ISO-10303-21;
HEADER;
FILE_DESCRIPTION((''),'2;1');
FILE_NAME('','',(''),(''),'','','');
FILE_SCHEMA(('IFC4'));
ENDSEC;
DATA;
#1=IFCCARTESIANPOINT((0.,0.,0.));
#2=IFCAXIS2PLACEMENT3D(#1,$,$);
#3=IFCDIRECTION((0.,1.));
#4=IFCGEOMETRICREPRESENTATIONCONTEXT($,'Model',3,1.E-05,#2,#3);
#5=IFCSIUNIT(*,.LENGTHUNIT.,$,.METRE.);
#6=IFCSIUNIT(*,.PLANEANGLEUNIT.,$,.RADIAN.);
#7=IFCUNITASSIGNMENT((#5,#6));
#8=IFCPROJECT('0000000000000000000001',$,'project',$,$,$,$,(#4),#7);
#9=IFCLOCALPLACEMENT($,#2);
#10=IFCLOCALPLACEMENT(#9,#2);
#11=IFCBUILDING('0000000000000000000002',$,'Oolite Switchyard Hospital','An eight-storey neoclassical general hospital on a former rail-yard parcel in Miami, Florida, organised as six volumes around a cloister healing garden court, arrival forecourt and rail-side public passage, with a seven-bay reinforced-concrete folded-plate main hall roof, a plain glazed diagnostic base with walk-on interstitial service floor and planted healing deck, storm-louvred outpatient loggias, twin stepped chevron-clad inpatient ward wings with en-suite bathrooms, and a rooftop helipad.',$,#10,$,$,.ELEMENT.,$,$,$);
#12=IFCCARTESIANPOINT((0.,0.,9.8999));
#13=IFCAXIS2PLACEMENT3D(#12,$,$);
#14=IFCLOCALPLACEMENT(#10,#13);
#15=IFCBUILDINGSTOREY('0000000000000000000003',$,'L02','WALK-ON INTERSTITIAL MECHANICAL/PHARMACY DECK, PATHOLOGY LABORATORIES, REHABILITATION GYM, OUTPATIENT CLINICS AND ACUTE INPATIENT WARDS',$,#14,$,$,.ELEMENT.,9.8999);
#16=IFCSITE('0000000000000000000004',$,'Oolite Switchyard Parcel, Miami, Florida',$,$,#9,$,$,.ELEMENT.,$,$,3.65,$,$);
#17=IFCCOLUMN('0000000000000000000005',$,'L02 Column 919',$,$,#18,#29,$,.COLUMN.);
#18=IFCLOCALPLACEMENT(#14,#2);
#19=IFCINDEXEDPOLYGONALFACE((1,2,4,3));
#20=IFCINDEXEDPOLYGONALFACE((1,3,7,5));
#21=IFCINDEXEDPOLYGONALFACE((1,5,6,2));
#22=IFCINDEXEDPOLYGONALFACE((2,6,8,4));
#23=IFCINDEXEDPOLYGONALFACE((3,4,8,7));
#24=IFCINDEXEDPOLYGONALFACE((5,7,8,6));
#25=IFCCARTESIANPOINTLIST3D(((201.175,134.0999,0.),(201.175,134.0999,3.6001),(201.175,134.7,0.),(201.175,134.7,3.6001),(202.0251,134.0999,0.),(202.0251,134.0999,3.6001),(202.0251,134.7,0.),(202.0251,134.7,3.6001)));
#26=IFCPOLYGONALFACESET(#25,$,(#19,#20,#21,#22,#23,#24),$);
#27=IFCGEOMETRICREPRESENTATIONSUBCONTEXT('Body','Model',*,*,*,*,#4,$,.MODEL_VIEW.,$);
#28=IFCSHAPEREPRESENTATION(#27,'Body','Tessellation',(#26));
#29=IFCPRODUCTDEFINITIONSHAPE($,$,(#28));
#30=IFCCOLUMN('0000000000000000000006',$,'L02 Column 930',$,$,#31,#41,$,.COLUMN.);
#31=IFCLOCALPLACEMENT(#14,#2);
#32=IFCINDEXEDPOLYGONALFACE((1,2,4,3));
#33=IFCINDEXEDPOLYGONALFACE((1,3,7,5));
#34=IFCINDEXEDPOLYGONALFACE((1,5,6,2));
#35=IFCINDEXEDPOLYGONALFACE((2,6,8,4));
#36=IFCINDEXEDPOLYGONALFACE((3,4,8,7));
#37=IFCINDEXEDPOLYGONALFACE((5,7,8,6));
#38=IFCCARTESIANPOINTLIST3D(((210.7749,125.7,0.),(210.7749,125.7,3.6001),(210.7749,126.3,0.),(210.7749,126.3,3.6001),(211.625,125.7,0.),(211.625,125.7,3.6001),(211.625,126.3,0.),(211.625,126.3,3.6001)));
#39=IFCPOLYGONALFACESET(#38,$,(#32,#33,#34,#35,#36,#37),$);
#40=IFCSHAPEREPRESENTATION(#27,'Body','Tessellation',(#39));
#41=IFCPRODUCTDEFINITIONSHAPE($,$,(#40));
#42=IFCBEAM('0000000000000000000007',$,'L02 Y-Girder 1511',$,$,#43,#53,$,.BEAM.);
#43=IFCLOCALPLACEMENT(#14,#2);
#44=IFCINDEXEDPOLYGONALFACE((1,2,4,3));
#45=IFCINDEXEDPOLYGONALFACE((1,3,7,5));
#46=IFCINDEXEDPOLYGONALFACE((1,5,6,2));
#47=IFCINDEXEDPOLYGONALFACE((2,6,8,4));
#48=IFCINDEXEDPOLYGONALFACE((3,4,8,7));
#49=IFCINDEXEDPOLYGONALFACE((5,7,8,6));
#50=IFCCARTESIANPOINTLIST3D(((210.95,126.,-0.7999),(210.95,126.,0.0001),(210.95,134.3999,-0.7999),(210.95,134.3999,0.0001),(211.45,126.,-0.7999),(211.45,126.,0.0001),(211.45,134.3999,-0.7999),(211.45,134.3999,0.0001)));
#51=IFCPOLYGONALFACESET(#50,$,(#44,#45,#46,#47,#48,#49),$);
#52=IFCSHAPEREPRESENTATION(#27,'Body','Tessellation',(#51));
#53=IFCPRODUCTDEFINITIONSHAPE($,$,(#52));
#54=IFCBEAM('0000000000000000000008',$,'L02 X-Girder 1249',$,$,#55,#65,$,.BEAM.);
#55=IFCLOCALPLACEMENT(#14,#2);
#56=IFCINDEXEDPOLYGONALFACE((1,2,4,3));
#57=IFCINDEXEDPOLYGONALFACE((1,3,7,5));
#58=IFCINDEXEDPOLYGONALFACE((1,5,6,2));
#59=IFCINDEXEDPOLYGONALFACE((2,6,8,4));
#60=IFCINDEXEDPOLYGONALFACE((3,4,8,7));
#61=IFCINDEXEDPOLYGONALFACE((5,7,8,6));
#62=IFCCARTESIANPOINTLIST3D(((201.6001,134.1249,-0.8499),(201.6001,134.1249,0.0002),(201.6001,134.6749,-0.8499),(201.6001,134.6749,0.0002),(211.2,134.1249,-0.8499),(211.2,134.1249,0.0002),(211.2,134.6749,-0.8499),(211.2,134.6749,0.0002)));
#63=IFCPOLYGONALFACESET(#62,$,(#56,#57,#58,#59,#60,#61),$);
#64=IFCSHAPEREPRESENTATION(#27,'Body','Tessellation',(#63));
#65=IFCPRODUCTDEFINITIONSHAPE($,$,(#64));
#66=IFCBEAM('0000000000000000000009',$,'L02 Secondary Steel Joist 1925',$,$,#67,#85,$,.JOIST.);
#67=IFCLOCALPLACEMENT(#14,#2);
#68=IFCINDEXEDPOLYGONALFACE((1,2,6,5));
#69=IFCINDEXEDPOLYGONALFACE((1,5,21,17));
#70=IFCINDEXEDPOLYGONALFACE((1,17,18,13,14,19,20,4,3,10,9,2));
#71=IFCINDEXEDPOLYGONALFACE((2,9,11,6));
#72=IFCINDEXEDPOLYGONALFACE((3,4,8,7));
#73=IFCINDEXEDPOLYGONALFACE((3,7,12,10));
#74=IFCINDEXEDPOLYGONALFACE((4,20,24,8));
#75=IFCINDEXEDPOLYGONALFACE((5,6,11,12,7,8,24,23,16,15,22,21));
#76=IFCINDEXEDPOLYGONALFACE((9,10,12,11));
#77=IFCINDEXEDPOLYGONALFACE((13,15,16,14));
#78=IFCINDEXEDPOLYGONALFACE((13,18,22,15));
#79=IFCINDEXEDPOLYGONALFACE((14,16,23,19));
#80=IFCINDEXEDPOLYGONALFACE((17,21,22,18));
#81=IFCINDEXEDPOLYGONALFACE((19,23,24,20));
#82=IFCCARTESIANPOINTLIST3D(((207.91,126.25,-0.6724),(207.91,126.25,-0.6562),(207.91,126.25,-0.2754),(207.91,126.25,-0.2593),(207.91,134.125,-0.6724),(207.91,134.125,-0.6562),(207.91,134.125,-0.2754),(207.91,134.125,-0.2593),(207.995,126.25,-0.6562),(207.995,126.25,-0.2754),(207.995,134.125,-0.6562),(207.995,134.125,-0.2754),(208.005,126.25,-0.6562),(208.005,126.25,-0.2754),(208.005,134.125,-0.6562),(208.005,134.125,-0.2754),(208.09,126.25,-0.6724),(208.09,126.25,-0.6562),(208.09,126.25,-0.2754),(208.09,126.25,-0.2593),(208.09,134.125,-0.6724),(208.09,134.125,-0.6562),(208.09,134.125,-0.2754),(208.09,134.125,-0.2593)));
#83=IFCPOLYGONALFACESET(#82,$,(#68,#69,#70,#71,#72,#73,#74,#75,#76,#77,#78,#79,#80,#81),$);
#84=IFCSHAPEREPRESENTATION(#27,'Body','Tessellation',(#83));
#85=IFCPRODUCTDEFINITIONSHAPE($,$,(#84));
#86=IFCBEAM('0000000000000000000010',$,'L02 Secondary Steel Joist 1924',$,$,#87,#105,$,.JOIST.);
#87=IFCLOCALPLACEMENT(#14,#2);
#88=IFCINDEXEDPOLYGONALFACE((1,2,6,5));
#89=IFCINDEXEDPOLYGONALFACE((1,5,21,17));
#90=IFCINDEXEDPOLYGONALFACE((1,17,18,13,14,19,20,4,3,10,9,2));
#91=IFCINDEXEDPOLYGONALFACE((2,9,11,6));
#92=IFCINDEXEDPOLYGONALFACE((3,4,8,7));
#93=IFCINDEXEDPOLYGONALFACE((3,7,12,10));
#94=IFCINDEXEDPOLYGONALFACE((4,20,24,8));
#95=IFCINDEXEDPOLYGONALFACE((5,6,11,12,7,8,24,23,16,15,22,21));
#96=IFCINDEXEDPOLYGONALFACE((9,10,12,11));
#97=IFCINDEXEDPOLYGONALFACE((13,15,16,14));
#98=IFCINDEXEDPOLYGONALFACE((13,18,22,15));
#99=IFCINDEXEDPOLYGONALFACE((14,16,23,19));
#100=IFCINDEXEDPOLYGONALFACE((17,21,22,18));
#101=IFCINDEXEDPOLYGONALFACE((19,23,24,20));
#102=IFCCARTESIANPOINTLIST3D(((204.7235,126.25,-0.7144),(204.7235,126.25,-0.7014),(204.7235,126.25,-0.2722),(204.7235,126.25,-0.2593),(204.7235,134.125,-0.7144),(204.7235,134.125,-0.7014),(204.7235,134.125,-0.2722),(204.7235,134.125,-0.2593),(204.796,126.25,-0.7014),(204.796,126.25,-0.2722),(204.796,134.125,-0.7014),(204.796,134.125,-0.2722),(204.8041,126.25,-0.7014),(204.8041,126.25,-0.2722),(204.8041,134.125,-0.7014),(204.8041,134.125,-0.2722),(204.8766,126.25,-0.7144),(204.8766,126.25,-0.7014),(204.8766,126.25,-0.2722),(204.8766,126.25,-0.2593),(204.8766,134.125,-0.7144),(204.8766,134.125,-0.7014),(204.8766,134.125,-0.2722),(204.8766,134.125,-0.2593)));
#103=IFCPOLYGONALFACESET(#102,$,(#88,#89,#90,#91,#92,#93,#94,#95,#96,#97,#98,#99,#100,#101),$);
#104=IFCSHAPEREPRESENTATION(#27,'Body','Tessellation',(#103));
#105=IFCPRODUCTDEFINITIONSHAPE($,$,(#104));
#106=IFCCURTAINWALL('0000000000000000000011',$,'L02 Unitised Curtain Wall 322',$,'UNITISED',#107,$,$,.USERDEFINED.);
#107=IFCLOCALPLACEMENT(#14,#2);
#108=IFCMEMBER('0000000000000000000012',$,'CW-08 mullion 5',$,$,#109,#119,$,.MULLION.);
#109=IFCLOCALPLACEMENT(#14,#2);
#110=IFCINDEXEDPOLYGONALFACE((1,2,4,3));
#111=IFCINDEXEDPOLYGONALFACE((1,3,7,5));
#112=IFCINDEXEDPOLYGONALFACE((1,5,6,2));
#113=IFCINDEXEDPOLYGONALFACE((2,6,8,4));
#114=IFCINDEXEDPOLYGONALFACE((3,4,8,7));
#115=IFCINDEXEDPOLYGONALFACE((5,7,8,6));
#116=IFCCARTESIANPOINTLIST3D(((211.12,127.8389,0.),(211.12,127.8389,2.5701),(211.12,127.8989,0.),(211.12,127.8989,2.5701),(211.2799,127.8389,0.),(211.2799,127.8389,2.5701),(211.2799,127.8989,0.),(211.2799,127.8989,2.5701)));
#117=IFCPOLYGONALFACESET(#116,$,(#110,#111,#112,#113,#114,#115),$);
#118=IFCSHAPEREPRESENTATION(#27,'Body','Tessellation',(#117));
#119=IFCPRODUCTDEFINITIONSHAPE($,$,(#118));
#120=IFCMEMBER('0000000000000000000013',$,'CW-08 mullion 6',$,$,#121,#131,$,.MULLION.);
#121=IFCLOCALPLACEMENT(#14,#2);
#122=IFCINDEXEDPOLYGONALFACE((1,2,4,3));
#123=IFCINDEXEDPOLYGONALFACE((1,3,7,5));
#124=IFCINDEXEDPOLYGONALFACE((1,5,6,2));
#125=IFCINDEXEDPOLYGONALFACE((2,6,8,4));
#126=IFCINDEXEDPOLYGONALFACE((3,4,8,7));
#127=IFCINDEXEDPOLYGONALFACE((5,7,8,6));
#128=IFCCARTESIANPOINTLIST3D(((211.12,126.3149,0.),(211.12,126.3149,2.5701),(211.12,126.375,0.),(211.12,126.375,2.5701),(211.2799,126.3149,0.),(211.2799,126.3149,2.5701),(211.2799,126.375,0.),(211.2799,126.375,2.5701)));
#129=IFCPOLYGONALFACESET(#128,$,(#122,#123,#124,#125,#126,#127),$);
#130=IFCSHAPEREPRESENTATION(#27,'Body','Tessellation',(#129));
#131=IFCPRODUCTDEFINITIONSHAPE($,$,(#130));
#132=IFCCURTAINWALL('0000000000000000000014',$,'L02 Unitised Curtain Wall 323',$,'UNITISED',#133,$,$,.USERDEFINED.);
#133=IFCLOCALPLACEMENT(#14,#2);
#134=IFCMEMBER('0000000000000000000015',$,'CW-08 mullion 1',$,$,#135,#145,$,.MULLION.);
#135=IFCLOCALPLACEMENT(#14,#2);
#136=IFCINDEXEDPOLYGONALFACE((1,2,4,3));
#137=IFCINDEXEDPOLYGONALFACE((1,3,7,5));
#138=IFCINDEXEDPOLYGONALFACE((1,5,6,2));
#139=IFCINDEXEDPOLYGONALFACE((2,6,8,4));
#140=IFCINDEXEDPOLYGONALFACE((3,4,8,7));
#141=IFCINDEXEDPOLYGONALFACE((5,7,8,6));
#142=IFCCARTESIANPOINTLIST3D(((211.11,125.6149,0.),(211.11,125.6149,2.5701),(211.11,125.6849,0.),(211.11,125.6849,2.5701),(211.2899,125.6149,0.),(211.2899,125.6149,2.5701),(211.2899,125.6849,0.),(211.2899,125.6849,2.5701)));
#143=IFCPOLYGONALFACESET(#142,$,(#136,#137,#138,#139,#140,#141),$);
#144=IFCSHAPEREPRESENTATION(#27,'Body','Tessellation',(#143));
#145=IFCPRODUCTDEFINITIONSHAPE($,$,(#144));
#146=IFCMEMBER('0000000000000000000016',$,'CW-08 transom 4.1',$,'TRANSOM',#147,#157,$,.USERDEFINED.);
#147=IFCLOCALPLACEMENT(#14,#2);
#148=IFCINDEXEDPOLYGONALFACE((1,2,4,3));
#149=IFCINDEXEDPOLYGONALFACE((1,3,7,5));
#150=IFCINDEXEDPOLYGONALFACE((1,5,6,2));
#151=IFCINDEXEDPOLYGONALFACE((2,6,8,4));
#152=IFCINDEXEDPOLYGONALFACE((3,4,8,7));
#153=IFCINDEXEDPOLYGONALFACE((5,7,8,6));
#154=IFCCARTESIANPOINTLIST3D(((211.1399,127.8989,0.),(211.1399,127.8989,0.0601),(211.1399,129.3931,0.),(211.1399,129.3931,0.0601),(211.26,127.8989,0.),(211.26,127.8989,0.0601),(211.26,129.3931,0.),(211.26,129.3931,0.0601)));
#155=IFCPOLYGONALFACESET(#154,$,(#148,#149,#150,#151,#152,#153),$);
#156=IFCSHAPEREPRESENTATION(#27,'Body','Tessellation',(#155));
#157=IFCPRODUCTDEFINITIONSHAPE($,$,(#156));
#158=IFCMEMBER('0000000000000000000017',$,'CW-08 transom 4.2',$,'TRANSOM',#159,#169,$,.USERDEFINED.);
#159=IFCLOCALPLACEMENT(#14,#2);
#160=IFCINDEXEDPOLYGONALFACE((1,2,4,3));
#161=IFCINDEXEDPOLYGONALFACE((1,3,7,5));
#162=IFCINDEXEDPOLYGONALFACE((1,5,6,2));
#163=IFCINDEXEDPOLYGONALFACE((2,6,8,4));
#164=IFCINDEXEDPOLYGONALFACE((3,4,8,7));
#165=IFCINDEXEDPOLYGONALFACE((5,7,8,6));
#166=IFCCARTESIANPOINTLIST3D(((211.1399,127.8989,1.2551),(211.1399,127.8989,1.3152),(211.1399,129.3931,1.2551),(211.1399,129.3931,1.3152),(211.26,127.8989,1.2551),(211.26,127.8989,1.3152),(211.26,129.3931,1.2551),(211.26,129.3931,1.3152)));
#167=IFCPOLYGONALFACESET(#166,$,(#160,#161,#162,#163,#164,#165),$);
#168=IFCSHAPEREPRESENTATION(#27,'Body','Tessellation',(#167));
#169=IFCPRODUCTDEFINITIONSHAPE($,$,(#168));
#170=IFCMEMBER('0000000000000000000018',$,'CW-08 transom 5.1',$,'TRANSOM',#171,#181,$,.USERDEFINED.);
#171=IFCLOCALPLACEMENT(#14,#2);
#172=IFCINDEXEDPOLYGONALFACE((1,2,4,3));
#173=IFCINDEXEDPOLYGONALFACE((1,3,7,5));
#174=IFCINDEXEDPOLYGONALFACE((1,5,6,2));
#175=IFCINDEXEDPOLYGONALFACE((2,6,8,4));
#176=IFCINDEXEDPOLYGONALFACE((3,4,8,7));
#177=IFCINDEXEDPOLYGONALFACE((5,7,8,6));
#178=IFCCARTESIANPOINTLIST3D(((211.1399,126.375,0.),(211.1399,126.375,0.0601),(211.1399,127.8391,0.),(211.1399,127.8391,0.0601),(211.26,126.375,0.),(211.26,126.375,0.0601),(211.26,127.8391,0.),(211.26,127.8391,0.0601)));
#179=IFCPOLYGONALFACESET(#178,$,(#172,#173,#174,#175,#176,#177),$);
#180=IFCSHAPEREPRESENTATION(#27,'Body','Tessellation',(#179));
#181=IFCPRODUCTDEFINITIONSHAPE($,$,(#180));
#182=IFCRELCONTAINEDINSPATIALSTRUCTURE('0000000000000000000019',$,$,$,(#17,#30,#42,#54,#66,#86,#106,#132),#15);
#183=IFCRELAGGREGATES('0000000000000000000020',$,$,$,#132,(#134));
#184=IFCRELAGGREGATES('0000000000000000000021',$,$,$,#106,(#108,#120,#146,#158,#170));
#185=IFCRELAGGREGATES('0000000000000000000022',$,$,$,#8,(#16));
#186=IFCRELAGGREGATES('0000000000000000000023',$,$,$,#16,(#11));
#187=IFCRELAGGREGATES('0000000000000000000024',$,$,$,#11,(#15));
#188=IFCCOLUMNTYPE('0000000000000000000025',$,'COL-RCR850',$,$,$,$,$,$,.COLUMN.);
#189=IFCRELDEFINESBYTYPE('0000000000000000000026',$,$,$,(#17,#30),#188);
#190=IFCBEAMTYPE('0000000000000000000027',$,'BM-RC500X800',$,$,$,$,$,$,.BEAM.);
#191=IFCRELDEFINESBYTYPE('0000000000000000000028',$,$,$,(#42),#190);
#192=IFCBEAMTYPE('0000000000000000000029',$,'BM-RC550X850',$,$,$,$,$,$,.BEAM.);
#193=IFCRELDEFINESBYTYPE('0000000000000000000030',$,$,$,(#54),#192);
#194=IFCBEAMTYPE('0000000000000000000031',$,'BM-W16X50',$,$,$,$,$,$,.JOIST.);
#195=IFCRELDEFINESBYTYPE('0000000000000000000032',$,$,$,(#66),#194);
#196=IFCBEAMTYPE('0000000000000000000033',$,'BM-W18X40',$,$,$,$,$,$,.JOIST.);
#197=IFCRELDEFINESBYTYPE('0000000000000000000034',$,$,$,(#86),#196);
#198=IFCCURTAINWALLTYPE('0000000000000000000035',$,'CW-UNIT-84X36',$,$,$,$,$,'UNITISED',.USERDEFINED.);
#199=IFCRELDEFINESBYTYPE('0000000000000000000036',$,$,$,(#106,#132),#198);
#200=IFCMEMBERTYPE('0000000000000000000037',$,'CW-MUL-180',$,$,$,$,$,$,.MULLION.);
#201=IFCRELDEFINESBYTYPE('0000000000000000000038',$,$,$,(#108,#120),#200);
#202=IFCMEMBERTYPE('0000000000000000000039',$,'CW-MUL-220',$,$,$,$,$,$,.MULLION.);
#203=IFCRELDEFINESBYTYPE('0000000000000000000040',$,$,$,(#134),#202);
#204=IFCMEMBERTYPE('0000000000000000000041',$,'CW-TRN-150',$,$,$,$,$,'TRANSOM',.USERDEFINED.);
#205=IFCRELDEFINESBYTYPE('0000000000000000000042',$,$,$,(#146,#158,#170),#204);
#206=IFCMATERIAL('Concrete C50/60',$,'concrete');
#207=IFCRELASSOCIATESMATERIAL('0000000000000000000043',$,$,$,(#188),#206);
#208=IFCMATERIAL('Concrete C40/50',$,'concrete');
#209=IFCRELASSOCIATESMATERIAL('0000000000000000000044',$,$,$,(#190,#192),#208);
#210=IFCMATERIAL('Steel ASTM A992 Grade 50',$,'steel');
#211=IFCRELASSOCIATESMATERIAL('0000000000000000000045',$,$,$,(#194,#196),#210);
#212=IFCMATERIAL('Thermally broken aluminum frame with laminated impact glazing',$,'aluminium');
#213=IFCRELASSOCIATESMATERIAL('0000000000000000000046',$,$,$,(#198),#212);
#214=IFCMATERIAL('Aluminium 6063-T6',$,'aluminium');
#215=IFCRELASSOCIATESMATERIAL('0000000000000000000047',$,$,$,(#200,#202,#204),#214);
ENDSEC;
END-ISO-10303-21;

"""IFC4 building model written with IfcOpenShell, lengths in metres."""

from ifc_helpers import new_model, si_unit, direction, frame, origin, origin_2d, place, context, subcontext, project, spatial, rectangle, i_section, extrude, material, material_profile, profile_set, type_object, element, aggregate, save


model = new_model("IFC4")

# Units and contexts
model_context = context("Model", 3, precision=1e-05, world=origin(), true_north=direction((0.0, 1.0)))
body_context = subcontext(model_context, "Body", "Model", "MODEL_VIEW")
ifc_project = project(units=[si_unit("LENGTHUNIT", "METRE"), si_unit("PLANEANGLEUNIT", "RADIAN")], contexts=[model_context])

# Site, building, storey
site_placement = place(None, origin())
site = spatial("IfcSite", under=ifc_project, at=site_placement, Name="Oolite Switchyard Parcel, Miami, Florida", CompositionType="ELEMENT", RefElevation=3.65)
building_placement = place(site_placement, origin())
building = spatial("IfcBuilding", under=site, at=building_placement, Name="Oolite Switchyard Hospital", Description="An eight-storey neoclassical general hospital on a former rail-yard parcel in Miami, Florida, organised as six volumes around a cloister healing garden court, arrival forecourt and rail-side public passage, with a seven-bay reinforced-concrete folded-plate main hall roof, a plain glazed diagnostic base with walk-on interstitial service floor and planted healing deck, storm-louvred outpatient loggias, twin stepped chevron-clad inpatient ward wings with en-suite bathrooms, and a rooftop helipad.", CompositionType="ELEMENT")
storey_placement = place(building_placement, frame((0.0, 0.0, 9.8999)))
storey = spatial("IfcBuildingStorey", under=building, at=storey_placement, Name="L02", Description="WALK-ON INTERSTITIAL MECHANICAL/PHARMACY DECK, PATHOLOGY LABORATORIES, REHABILITATION GYM, OUTPATIENT CLINICS AND ACUTE INPATIENT WARDS", CompositionType="ELEMENT", Elevation=9.8999)

# Columns
ifc_material_1 = material(Name="Concrete C50/60", Category="concrete")
ifc_material_profile_1 = material_profile(ifc_material_1, rectangle(XDim=0.8501, YDim=0.6001, at=origin_2d()), Name="RC850X600")
ifc_profile_set_1 = profile_set([ifc_material_profile_1], Name="Concrete C50/60")
column_type = type_object("IfcColumnType", Name="COL-RCR850", PredefinedType="COLUMN", material=ifc_profile_set_1)
for number, where, z_axis, x_axis, name in (
    (1, (201.6001, 134.3999, 0.0), (0.0, 0.0, 1.0), (1.0, 0.0, 0.0), "L02 Column 919"),
    (2, (211.2, 126.0, 0.0), (0.0, 0.0, 1.0), (1.0, 0.0, 0.0), "L02 Column 930"),
):
    element("IfcColumn", number, at=place(storey_placement, frame(where, z_axis=z_axis, x_axis=x_axis)), inside=storey, type_object=column_type, Name=name, PredefinedType="COLUMN", context=body_context, shape_type="SweptSolid", body=[
        extrude(rectangle(XDim=0.8501, YDim=0.6001, at=origin_2d()), origin(), (0.0, 0.0, 1.0), 3.6001),
    ])

# Beams
ifc_material_2 = material(Name="Concrete C40/50", Category="concrete")
ifc_material_profile_2 = material_profile(ifc_material_2, rectangle(XDim=0.5, YDim=0.8, at=origin_2d()), Name="RCB500X800")
ifc_profile_set_2 = profile_set([ifc_material_profile_2], Name="Concrete C40/50")
beam_type_1 = type_object("IfcBeamType", Name="BM-RC500X800", PredefinedType="BEAM", material=ifc_profile_set_2)
beam_1_placement = place(storey_placement, frame((211.2, 126.0, -0.3999), z_axis=(0.0, 1.0, 0.0), x_axis=(-1.0, 0.0, 0.0)))
element("IfcBeam", 3, at=beam_1_placement, inside=storey, type_object=beam_type_1, Name="L02 Y-Girder 1511", PredefinedType="BEAM", context=body_context, shape_type="SweptSolid", body=[
    extrude(rectangle(XDim=0.5, YDim=0.8, at=origin_2d()), origin(), (0.0, 0.0, 1.0), 8.3999),
])
ifc_material_profile_3 = material_profile(ifc_material_2, rectangle(XDim=0.55, YDim=0.8501, at=origin_2d()), Name="RCB550X850")
ifc_profile_set_3 = profile_set([ifc_material_profile_3], Name="Concrete C40/50")
beam_type_2 = type_object("IfcBeamType", Name="BM-RC550X850", PredefinedType="BEAM", material=ifc_profile_set_3)
beam_2_placement = place(storey_placement, frame((201.6001, 134.3999, -0.4248), z_axis=(1.0, 0.0, 0.0), x_axis=(0.0, 1.0, 0.0)))
element("IfcBeam", 4, at=beam_2_placement, inside=storey, type_object=beam_type_2, Name="L02 X-Girder 1249", PredefinedType="BEAM", context=body_context, shape_type="SweptSolid", body=[
    extrude(rectangle(XDim=0.55, YDim=0.8501, at=origin_2d()), origin(), (0.0, 0.0, 1.0), 9.5999),
])
ifc_material_3 = material(Name="Steel ASTM A992 Grade 50", Category="steel")
ifc_material_profile_4 = material_profile(ifc_material_3, i_section(OverallWidth=0.1799, OverallDepth=0.4131, WebThickness=0.01, FlangeThickness=0.0161, at=origin_2d()), Name="W16X50")
ifc_profile_set_4 = profile_set([ifc_material_profile_4], Name="Steel ASTM A992 Grade 50")
beam_type_3 = type_object("IfcBeamType", Name="BM-W16X50", PredefinedType="JOIST", material=ifc_profile_set_4)
beam_3_placement = place(storey_placement, frame((208.0, 126.25, -0.4658), z_axis=(0.0, 1.0, 0.0), x_axis=(-1.0, 0.0, 0.0)))
element("IfcBeam", 5, at=beam_3_placement, inside=storey, type_object=beam_type_3, Name="L02 Secondary Steel Joist 1925", PredefinedType="JOIST", context=body_context, shape_type="SweptSolid", body=[
    extrude(i_section(OverallWidth=0.1799, OverallDepth=0.4131, WebThickness=0.01, FlangeThickness=0.0161, at=origin_2d()), origin(), (0.0, 0.0, 1.0), 7.875),
])
ifc_material_profile_5 = material_profile(ifc_material_3, i_section(OverallWidth=0.1531, OverallDepth=0.4551, WebThickness=0.0081, FlangeThickness=0.0129, at=origin_2d()), Name="W18X40")
ifc_profile_set_5 = profile_set([ifc_material_profile_5], Name="Steel ASTM A992 Grade 50")
beam_type_4 = type_object("IfcBeamType", Name="BM-W18X40", PredefinedType="JOIST", material=ifc_profile_set_5)
beam_4_placement = place(storey_placement, frame((204.8, 126.25, -0.4868), z_axis=(0.0, 1.0, 0.0), x_axis=(-1.0, 0.0, 0.0)))
element("IfcBeam", 6, at=beam_4_placement, inside=storey, type_object=beam_type_4, Name="L02 Secondary Steel Joist 1924", PredefinedType="JOIST", context=body_context, shape_type="SweptSolid", body=[
    extrude(i_section(OverallWidth=0.1531, OverallDepth=0.4551, WebThickness=0.0081, FlangeThickness=0.0129, at=origin_2d()), origin(), (0.0, 0.0, 1.0), 7.875),
])

# Curtain wall, members
ifc_material_4 = material(Name="Thermally broken aluminum frame with laminated impact glazing", Category="aluminium")
curtain_wall_type = type_object("IfcCurtainWallType", Name="CW-UNIT-84X36", ElementType="UNITISED", PredefinedType="USERDEFINED", material=ifc_material_4)
curtain_wall_1_placement = place(storey_placement, origin())
curtain_wall_1 = element("IfcCurtainWall", 7, at=curtain_wall_1_placement, inside=storey, type_object=curtain_wall_type, Name="L02 Unitised Curtain Wall 322", ObjectType="UNITISED", PredefinedType="USERDEFINED")
ifc_material_5 = material(Name="Aluminium 6063-T6", Category="aluminium")
ifc_material_profile_6 = material_profile(ifc_material_5, rectangle(XDim=0.1599, YDim=0.0601, at=origin_2d()), Name="CWM60X160")
ifc_profile_set_6 = profile_set([ifc_material_profile_6], Name="Aluminium 6063-T6")
member_type_1 = type_object("IfcMemberType", Name="CW-MUL-180", PredefinedType="MULLION", material=ifc_profile_set_6)
member_1_placement = place(storey_placement, frame((211.2, 127.8689, 0.0), z_axis=(0.0, 0.0, 1.0), x_axis=(1.0, 0.0, 0.0)))
member_1 = element("IfcMember", 8, at=member_1_placement, type_object=member_type_1, Name="CW-08 mullion 5", PredefinedType="MULLION", context=body_context, shape_type="SweptSolid", body=[
    extrude(rectangle(XDim=0.1599, YDim=0.0601, at=origin_2d()), origin(), (0.0, 0.0, 1.0), 2.5701),
])
member_2_placement = place(storey_placement, frame((211.2, 126.345, 0.0), z_axis=(0.0, 0.0, 1.0), x_axis=(1.0, 0.0, 0.0)))
member_2 = element("IfcMember", 9, at=member_2_placement, type_object=member_type_1, Name="CW-08 mullion 6", PredefinedType="MULLION", context=body_context, shape_type="SweptSolid", body=[
    extrude(rectangle(XDim=0.1599, YDim=0.0601, at=origin_2d()), origin(), (0.0, 0.0, 1.0), 2.5701),
])

# Curtain wall, member
curtain_wall_2_placement = place(storey_placement, origin())
curtain_wall_2 = element("IfcCurtainWall", 10, at=curtain_wall_2_placement, inside=storey, type_object=curtain_wall_type, Name="L02 Unitised Curtain Wall 323", ObjectType="UNITISED", PredefinedType="USERDEFINED")
ifc_material_profile_7 = material_profile(ifc_material_5, rectangle(XDim=0.1799, YDim=0.0701, at=origin_2d()), Name="CWM70X180")
ifc_profile_set_7 = profile_set([ifc_material_profile_7], Name="Aluminium 6063-T6")
member_type_2 = type_object("IfcMemberType", Name="CW-MUL-220", PredefinedType="MULLION", material=ifc_profile_set_7)
member_3_placement = place(storey_placement, frame((211.2, 125.6499, 0.0), z_axis=(0.0, 0.0, 1.0), x_axis=(1.0, 0.0, 0.0)))
member_3 = element("IfcMember", 11, at=member_3_placement, type_object=member_type_2, Name="CW-08 mullion 1", PredefinedType="MULLION", context=body_context, shape_type="SweptSolid", body=[
    extrude(rectangle(XDim=0.1799, YDim=0.0701, at=origin_2d()), origin(), (0.0, 0.0, 1.0), 2.5701),
])

# Members
ifc_material_profile_8 = material_profile(ifc_material_5, rectangle(XDim=0.1201, YDim=0.0601, at=origin_2d()), Name="CWT60X120")
ifc_profile_set_8 = profile_set([ifc_material_profile_8], Name="Aluminium 6063-T6")
member_type_3 = type_object("IfcMemberType", Name="CW-TRN-150", ElementType="TRANSOM", PredefinedType="USERDEFINED", material=ifc_profile_set_8)
member_4_placement = place(storey_placement, frame((211.2, 129.3931, 0.03), z_axis=(0.0, -1.0, 0.0), x_axis=(1.0, 0.0, 0.0)))
member_4 = element("IfcMember", 12, at=member_4_placement, type_object=member_type_3, Name="CW-08 transom 4.1", ObjectType="TRANSOM", PredefinedType="USERDEFINED", context=body_context, shape_type="SweptSolid", body=[
    extrude(rectangle(XDim=0.1201, YDim=0.0601, at=origin_2d()), origin(), (0.0, 0.0, 1.0), 1.4941),
])
member_5_placement = place(storey_placement, frame((211.2, 129.3931, 1.2852), z_axis=(0.0, -1.0, 0.0), x_axis=(1.0, 0.0, 0.0)))
member_5 = element("IfcMember", 13, at=member_5_placement, type_object=member_type_3, Name="CW-08 transom 4.2", ObjectType="TRANSOM", PredefinedType="USERDEFINED", context=body_context, shape_type="SweptSolid", body=[
    extrude(rectangle(XDim=0.1201, YDim=0.0601, at=origin_2d()), origin(), (0.0, 0.0, 1.0), 1.4941),
])
member_6_placement = place(storey_placement, frame((211.2, 127.8391, 0.03), z_axis=(0.0, -1.0, 0.0), x_axis=(1.0, 0.0, 0.0)))
member_6 = element("IfcMember", 14, at=member_6_placement, type_object=member_type_3, Name="CW-08 transom 5.1", ObjectType="TRANSOM", PredefinedType="USERDEFINED", context=body_context, shape_type="SweptSolid", body=[
    extrude(rectangle(XDim=0.1201, YDim=0.0601, at=origin_2d()), origin(), (0.0, 0.0, 1.0), 1.4641),
])
aggregate(curtain_wall_2, [member_3])

aggregate(curtain_wall_1, [member_1, member_2, member_4, member_5, member_6])

save(model, "model.ifc")
